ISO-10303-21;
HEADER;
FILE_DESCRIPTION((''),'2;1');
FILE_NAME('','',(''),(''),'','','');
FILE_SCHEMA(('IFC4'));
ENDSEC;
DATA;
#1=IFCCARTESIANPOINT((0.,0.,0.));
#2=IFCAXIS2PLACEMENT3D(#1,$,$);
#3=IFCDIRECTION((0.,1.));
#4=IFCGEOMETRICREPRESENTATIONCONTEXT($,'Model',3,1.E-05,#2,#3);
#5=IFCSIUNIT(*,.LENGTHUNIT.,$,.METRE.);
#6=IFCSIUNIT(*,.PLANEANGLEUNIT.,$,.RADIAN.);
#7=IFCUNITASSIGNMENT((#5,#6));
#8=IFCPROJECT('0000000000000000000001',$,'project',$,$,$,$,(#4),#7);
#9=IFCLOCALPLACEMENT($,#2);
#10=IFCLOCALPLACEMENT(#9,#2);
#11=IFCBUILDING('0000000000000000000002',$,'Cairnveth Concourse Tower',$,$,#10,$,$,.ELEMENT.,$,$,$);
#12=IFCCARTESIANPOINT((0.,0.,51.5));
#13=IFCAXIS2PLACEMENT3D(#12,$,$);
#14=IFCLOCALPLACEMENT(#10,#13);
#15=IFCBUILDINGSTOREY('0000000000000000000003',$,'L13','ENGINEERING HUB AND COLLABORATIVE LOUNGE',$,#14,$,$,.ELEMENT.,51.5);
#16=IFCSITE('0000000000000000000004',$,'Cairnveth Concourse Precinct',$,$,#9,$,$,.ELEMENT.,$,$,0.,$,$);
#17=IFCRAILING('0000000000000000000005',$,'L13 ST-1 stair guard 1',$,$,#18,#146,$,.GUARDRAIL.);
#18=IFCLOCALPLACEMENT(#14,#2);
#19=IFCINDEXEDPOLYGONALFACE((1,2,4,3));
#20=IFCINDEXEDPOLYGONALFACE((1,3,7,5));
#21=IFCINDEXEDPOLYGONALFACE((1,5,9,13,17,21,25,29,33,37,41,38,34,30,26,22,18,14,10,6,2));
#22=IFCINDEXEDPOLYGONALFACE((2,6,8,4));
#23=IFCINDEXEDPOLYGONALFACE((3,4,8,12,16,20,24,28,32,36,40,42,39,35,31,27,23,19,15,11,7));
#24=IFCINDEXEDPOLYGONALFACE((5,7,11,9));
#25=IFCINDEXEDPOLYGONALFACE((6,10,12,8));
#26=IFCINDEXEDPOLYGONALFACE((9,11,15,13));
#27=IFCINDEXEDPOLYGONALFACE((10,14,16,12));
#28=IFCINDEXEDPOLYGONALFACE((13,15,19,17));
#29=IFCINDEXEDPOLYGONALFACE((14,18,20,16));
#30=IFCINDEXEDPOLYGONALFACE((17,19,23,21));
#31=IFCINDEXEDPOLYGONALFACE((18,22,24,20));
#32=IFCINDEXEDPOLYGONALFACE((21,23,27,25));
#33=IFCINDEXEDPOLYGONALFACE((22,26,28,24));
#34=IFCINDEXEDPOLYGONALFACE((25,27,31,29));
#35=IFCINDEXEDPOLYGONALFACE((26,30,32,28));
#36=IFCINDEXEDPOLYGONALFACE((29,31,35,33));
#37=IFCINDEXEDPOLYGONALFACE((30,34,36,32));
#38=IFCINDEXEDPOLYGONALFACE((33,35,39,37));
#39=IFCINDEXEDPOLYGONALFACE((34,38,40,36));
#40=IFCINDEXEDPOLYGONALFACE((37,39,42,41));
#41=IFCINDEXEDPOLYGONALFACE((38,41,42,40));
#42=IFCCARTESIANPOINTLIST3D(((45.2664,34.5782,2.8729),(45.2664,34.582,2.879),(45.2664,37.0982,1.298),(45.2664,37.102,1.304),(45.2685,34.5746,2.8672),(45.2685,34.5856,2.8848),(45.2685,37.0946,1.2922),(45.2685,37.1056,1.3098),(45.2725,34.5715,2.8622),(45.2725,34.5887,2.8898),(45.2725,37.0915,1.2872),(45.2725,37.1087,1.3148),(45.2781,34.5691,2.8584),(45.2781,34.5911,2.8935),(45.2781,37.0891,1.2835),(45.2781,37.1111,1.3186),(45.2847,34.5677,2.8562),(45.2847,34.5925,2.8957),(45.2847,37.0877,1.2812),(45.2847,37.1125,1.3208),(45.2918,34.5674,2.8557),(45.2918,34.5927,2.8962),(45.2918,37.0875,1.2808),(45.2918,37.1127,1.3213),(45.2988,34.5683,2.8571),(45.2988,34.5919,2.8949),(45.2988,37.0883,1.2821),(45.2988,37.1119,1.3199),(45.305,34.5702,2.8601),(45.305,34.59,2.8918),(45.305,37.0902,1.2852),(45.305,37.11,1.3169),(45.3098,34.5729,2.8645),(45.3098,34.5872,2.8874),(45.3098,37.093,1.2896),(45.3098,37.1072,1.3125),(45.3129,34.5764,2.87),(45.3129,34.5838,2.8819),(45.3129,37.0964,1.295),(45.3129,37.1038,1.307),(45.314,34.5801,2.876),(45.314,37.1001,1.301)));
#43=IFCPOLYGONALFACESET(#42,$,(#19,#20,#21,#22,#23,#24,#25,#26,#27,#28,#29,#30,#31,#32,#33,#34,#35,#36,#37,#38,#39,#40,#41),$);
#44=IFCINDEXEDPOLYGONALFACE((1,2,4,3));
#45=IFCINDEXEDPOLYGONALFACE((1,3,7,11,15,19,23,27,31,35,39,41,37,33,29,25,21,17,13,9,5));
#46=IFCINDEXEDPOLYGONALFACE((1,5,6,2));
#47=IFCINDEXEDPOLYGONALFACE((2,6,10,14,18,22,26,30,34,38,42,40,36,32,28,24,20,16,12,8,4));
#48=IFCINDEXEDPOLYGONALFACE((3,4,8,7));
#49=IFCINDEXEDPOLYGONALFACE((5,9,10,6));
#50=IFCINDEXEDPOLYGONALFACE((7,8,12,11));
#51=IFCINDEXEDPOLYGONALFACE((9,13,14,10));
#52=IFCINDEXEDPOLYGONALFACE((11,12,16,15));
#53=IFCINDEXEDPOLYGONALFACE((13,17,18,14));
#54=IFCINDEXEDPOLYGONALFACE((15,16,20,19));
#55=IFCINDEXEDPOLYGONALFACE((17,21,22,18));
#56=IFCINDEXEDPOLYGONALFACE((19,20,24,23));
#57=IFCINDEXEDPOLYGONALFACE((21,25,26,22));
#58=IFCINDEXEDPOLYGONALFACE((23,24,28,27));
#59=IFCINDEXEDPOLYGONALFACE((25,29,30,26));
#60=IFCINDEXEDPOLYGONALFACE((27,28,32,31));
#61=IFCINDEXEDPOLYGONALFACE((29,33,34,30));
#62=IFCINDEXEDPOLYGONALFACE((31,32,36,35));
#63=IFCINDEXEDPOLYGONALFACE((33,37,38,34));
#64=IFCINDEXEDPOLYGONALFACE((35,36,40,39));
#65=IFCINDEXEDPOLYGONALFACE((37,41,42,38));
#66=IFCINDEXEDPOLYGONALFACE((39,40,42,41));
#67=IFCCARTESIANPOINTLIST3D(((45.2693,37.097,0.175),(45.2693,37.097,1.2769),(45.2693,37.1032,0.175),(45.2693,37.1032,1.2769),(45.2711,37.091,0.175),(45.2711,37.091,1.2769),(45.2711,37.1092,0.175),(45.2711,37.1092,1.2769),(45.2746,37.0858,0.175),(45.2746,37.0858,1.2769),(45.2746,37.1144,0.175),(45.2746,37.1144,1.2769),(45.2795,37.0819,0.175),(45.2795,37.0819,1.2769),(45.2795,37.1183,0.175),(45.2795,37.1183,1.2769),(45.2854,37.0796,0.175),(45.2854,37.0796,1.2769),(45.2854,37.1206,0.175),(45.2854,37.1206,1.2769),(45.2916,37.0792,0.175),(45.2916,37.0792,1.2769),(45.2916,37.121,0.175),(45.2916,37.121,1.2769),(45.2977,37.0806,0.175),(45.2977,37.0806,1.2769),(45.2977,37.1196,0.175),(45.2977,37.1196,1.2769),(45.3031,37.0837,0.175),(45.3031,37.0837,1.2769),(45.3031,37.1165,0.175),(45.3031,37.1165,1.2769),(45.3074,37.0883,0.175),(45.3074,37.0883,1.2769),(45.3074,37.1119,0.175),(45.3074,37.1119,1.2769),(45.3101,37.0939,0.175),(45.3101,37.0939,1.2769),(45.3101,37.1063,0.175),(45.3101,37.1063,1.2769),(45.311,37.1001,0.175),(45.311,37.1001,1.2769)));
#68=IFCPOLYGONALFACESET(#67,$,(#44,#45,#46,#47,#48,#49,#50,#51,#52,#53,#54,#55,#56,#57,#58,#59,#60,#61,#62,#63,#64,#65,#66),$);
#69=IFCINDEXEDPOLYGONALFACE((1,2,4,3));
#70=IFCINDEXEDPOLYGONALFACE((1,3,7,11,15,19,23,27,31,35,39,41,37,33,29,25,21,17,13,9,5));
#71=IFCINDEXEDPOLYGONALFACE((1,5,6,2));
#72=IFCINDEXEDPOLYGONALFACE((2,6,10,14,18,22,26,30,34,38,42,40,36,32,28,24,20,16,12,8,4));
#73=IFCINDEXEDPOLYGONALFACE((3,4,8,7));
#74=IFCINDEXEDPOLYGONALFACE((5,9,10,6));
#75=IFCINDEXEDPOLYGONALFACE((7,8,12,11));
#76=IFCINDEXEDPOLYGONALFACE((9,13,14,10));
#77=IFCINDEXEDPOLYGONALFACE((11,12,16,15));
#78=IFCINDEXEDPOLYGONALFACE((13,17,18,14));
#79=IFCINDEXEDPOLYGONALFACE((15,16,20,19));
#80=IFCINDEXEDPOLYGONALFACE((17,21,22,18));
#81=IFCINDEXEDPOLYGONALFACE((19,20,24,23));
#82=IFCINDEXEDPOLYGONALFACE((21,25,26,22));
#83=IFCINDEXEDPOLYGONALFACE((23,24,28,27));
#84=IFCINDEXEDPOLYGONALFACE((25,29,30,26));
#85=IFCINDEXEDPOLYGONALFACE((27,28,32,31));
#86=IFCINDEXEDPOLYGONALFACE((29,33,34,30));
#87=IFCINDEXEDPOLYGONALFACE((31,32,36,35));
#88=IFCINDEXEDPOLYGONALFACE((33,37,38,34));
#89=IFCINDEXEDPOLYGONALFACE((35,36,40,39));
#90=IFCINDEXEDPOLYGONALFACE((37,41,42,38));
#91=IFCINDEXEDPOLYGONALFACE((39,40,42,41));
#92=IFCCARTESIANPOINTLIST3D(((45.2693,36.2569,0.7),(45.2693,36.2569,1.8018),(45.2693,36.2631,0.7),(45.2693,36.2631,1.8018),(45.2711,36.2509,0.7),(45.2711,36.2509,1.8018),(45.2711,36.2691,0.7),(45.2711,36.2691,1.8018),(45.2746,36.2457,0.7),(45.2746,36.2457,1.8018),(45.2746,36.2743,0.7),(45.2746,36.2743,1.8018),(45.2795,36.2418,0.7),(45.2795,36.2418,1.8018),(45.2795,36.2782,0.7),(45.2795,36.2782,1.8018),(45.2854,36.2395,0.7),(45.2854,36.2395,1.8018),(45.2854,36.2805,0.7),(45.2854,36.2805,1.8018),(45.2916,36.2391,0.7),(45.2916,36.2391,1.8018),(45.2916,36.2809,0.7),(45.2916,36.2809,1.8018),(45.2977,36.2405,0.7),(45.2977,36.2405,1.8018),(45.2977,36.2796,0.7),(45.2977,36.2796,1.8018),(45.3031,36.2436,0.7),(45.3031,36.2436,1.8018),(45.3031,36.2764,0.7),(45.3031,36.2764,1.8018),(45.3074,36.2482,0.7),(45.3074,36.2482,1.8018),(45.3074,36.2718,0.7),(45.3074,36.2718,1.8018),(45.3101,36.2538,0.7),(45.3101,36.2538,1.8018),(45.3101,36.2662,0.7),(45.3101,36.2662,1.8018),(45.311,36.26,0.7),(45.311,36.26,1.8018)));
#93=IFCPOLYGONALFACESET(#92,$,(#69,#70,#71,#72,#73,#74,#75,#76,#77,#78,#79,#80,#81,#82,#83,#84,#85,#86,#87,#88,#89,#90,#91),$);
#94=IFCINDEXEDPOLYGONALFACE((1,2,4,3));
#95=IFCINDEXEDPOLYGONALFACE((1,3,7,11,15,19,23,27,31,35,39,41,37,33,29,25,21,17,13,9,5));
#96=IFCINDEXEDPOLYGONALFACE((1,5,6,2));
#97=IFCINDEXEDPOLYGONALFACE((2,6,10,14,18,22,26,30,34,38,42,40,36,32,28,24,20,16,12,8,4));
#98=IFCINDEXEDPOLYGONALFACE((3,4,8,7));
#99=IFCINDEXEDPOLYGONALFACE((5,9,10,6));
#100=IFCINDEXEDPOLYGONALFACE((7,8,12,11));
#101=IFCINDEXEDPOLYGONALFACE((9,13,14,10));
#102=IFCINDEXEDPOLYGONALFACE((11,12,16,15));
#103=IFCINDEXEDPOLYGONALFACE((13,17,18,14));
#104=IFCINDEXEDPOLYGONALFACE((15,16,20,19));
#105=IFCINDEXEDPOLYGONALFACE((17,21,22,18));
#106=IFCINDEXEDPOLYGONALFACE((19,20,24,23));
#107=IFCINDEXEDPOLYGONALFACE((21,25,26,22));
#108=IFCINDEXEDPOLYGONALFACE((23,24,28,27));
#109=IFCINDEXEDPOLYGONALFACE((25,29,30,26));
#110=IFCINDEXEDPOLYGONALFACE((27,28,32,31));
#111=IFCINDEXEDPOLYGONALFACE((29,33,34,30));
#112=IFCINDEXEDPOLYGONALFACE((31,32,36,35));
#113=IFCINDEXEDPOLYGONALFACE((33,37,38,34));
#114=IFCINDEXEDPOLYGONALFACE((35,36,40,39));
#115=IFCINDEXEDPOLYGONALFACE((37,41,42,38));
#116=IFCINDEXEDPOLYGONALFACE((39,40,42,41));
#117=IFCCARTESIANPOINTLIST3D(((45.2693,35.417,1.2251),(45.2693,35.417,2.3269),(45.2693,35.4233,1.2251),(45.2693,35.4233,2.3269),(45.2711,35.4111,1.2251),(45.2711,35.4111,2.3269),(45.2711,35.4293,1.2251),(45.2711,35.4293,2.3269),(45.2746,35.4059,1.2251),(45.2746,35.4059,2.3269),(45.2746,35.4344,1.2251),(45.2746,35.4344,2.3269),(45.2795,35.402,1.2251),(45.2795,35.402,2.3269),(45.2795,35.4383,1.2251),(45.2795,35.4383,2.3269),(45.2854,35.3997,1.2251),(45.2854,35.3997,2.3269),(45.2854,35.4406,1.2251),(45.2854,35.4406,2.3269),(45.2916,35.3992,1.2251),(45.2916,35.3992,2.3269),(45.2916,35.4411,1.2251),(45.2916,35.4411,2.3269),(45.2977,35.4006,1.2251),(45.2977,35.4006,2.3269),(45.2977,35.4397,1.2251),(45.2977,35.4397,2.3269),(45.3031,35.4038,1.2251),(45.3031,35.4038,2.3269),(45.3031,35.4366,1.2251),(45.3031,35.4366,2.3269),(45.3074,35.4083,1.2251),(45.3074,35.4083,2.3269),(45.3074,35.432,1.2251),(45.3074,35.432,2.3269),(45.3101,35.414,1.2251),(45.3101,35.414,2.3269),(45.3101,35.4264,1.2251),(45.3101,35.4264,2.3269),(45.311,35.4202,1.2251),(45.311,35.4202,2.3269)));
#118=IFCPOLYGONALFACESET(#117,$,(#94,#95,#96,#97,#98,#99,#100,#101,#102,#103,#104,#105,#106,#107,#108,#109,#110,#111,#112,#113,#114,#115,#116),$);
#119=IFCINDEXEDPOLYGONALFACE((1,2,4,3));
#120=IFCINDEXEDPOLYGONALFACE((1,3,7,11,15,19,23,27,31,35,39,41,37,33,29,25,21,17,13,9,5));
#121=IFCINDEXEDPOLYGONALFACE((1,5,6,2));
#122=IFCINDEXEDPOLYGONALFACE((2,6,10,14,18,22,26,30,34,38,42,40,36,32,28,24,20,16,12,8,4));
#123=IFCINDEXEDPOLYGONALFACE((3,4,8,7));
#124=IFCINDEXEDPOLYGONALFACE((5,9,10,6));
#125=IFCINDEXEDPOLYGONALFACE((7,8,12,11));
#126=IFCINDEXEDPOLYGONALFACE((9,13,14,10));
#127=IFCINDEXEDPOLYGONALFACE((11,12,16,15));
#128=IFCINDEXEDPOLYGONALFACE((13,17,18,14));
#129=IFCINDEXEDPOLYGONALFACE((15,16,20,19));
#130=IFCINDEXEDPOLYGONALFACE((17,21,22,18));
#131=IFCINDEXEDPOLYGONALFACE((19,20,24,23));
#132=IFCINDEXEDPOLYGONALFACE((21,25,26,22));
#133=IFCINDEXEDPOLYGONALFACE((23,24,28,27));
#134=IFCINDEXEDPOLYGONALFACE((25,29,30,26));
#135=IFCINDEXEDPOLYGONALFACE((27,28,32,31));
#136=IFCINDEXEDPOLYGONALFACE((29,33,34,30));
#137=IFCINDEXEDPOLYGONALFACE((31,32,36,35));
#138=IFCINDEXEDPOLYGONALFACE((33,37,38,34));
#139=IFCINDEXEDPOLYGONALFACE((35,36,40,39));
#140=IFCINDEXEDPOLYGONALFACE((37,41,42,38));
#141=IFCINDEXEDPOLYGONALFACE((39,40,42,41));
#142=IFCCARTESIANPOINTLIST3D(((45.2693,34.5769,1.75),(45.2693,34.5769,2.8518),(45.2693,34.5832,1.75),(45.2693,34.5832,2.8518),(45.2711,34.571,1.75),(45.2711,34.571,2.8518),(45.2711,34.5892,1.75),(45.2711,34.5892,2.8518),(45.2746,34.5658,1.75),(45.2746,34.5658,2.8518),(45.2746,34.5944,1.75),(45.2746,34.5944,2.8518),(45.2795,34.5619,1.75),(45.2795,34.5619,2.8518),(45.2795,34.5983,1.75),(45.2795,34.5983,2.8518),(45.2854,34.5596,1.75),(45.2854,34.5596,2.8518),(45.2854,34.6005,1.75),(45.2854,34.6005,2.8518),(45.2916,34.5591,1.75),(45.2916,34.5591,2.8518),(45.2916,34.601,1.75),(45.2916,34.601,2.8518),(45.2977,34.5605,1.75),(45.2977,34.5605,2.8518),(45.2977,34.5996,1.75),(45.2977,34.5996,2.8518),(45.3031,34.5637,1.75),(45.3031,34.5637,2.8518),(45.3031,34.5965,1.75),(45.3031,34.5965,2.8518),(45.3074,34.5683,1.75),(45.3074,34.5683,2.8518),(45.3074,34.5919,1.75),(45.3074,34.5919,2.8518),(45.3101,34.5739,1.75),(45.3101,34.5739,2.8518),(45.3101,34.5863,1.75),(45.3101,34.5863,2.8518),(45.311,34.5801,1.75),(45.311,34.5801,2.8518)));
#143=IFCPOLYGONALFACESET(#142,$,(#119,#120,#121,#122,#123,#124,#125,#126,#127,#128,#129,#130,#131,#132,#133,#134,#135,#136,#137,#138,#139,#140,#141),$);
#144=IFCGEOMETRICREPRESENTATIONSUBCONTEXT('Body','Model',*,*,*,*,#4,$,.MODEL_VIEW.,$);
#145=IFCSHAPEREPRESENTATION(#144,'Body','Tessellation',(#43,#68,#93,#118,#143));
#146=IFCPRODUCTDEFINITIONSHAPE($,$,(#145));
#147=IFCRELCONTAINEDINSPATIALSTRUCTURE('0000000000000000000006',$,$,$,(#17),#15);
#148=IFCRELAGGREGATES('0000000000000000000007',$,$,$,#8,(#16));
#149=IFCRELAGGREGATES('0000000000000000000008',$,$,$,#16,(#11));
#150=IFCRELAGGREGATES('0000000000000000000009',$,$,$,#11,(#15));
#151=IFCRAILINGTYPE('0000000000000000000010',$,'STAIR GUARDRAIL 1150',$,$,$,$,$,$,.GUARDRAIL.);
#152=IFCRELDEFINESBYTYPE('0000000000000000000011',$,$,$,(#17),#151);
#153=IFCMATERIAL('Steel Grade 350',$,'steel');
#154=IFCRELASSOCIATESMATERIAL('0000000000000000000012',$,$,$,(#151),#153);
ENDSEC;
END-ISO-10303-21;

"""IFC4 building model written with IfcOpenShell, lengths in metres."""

from ifc_helpers import new_model, si_unit, direction, frame, origin, origin_2d, place, context, subcontext, project, spatial, circle, extrude, material, type_object, element, save


model = new_model("IFC4")

# Units and contexts
model_context = context("Model", 3, precision=1e-05, world=origin(), true_north=direction((0.0, 1.0)))
body_context = subcontext(model_context, "Body", "Model", "MODEL_VIEW")
ifc_project = project(units=[si_unit("LENGTHUNIT", "METRE"), si_unit("PLANEANGLEUNIT", "RADIAN")], contexts=[model_context])

# Site, building, storey
site_placement = place(None, origin())
site = spatial("IfcSite", under=ifc_project, at=site_placement, Name="Cairnveth Concourse Precinct", CompositionType="ELEMENT", RefElevation=0.0)
building_placement = place(site_placement, origin())
building = spatial("IfcBuilding", under=site, at=building_placement, Name="Cairnveth Concourse Tower", CompositionType="ELEMENT")
storey_placement = place(building_placement, frame((0.0, 0.0, 51.5)))
storey = spatial("IfcBuildingStorey", under=building, at=storey_placement, Name="L13", Description="ENGINEERING HUB AND COLLABORATIVE LOUNGE", CompositionType="ELEMENT", Elevation=51.5)

# Railing
ifc_material_1 = material(Name="Steel Grade 350", Category="steel")
railing_type_1 = type_object("IfcRailingType", Name="STAIR GUARDRAIL 1150", PredefinedType="GUARDRAIL", material=ifc_material_1)
railing_1_placement = place(storey_placement, frame((45.29, 37.1001, 0.175)))
element("IfcRailing", 1, at=railing_1_placement, inside=storey, type_object=railing_type_1, Name="L13 ST-1 stair guard 1", PredefinedType="GUARDRAIL", context=body_context, shape_type="SweptSolid", body=[
    extrude(circle(Radius=0.0239, at=origin_2d()), frame((0.0, 0.0, 1.126), z_axis=(0.0, -0.848008, 0.529984), x_axis=(1.0, 0.0, 0.0)), (0.0, 0.0, 1.0), 2.9717),
    extrude(circle(Radius=0.021, at=origin_2d()), origin(), (0.0, 0.0, 1.0), 1.1018),
    extrude(circle(Radius=0.021, at=origin_2d()), frame((0.0, -0.8401, 0.5249)), (0.0, 0.0, 1.0), 1.1018),
    extrude(circle(Radius=0.021, at=origin_2d()), frame((0.0, -1.6799, 1.05)), (0.0, 0.0, 1.0), 1.1018),
    extrude(circle(Radius=0.021, at=origin_2d()), frame((0.0, -2.52, 1.575)), (0.0, 0.0, 1.0), 1.1018),
])

save(model, "model.ifc")
